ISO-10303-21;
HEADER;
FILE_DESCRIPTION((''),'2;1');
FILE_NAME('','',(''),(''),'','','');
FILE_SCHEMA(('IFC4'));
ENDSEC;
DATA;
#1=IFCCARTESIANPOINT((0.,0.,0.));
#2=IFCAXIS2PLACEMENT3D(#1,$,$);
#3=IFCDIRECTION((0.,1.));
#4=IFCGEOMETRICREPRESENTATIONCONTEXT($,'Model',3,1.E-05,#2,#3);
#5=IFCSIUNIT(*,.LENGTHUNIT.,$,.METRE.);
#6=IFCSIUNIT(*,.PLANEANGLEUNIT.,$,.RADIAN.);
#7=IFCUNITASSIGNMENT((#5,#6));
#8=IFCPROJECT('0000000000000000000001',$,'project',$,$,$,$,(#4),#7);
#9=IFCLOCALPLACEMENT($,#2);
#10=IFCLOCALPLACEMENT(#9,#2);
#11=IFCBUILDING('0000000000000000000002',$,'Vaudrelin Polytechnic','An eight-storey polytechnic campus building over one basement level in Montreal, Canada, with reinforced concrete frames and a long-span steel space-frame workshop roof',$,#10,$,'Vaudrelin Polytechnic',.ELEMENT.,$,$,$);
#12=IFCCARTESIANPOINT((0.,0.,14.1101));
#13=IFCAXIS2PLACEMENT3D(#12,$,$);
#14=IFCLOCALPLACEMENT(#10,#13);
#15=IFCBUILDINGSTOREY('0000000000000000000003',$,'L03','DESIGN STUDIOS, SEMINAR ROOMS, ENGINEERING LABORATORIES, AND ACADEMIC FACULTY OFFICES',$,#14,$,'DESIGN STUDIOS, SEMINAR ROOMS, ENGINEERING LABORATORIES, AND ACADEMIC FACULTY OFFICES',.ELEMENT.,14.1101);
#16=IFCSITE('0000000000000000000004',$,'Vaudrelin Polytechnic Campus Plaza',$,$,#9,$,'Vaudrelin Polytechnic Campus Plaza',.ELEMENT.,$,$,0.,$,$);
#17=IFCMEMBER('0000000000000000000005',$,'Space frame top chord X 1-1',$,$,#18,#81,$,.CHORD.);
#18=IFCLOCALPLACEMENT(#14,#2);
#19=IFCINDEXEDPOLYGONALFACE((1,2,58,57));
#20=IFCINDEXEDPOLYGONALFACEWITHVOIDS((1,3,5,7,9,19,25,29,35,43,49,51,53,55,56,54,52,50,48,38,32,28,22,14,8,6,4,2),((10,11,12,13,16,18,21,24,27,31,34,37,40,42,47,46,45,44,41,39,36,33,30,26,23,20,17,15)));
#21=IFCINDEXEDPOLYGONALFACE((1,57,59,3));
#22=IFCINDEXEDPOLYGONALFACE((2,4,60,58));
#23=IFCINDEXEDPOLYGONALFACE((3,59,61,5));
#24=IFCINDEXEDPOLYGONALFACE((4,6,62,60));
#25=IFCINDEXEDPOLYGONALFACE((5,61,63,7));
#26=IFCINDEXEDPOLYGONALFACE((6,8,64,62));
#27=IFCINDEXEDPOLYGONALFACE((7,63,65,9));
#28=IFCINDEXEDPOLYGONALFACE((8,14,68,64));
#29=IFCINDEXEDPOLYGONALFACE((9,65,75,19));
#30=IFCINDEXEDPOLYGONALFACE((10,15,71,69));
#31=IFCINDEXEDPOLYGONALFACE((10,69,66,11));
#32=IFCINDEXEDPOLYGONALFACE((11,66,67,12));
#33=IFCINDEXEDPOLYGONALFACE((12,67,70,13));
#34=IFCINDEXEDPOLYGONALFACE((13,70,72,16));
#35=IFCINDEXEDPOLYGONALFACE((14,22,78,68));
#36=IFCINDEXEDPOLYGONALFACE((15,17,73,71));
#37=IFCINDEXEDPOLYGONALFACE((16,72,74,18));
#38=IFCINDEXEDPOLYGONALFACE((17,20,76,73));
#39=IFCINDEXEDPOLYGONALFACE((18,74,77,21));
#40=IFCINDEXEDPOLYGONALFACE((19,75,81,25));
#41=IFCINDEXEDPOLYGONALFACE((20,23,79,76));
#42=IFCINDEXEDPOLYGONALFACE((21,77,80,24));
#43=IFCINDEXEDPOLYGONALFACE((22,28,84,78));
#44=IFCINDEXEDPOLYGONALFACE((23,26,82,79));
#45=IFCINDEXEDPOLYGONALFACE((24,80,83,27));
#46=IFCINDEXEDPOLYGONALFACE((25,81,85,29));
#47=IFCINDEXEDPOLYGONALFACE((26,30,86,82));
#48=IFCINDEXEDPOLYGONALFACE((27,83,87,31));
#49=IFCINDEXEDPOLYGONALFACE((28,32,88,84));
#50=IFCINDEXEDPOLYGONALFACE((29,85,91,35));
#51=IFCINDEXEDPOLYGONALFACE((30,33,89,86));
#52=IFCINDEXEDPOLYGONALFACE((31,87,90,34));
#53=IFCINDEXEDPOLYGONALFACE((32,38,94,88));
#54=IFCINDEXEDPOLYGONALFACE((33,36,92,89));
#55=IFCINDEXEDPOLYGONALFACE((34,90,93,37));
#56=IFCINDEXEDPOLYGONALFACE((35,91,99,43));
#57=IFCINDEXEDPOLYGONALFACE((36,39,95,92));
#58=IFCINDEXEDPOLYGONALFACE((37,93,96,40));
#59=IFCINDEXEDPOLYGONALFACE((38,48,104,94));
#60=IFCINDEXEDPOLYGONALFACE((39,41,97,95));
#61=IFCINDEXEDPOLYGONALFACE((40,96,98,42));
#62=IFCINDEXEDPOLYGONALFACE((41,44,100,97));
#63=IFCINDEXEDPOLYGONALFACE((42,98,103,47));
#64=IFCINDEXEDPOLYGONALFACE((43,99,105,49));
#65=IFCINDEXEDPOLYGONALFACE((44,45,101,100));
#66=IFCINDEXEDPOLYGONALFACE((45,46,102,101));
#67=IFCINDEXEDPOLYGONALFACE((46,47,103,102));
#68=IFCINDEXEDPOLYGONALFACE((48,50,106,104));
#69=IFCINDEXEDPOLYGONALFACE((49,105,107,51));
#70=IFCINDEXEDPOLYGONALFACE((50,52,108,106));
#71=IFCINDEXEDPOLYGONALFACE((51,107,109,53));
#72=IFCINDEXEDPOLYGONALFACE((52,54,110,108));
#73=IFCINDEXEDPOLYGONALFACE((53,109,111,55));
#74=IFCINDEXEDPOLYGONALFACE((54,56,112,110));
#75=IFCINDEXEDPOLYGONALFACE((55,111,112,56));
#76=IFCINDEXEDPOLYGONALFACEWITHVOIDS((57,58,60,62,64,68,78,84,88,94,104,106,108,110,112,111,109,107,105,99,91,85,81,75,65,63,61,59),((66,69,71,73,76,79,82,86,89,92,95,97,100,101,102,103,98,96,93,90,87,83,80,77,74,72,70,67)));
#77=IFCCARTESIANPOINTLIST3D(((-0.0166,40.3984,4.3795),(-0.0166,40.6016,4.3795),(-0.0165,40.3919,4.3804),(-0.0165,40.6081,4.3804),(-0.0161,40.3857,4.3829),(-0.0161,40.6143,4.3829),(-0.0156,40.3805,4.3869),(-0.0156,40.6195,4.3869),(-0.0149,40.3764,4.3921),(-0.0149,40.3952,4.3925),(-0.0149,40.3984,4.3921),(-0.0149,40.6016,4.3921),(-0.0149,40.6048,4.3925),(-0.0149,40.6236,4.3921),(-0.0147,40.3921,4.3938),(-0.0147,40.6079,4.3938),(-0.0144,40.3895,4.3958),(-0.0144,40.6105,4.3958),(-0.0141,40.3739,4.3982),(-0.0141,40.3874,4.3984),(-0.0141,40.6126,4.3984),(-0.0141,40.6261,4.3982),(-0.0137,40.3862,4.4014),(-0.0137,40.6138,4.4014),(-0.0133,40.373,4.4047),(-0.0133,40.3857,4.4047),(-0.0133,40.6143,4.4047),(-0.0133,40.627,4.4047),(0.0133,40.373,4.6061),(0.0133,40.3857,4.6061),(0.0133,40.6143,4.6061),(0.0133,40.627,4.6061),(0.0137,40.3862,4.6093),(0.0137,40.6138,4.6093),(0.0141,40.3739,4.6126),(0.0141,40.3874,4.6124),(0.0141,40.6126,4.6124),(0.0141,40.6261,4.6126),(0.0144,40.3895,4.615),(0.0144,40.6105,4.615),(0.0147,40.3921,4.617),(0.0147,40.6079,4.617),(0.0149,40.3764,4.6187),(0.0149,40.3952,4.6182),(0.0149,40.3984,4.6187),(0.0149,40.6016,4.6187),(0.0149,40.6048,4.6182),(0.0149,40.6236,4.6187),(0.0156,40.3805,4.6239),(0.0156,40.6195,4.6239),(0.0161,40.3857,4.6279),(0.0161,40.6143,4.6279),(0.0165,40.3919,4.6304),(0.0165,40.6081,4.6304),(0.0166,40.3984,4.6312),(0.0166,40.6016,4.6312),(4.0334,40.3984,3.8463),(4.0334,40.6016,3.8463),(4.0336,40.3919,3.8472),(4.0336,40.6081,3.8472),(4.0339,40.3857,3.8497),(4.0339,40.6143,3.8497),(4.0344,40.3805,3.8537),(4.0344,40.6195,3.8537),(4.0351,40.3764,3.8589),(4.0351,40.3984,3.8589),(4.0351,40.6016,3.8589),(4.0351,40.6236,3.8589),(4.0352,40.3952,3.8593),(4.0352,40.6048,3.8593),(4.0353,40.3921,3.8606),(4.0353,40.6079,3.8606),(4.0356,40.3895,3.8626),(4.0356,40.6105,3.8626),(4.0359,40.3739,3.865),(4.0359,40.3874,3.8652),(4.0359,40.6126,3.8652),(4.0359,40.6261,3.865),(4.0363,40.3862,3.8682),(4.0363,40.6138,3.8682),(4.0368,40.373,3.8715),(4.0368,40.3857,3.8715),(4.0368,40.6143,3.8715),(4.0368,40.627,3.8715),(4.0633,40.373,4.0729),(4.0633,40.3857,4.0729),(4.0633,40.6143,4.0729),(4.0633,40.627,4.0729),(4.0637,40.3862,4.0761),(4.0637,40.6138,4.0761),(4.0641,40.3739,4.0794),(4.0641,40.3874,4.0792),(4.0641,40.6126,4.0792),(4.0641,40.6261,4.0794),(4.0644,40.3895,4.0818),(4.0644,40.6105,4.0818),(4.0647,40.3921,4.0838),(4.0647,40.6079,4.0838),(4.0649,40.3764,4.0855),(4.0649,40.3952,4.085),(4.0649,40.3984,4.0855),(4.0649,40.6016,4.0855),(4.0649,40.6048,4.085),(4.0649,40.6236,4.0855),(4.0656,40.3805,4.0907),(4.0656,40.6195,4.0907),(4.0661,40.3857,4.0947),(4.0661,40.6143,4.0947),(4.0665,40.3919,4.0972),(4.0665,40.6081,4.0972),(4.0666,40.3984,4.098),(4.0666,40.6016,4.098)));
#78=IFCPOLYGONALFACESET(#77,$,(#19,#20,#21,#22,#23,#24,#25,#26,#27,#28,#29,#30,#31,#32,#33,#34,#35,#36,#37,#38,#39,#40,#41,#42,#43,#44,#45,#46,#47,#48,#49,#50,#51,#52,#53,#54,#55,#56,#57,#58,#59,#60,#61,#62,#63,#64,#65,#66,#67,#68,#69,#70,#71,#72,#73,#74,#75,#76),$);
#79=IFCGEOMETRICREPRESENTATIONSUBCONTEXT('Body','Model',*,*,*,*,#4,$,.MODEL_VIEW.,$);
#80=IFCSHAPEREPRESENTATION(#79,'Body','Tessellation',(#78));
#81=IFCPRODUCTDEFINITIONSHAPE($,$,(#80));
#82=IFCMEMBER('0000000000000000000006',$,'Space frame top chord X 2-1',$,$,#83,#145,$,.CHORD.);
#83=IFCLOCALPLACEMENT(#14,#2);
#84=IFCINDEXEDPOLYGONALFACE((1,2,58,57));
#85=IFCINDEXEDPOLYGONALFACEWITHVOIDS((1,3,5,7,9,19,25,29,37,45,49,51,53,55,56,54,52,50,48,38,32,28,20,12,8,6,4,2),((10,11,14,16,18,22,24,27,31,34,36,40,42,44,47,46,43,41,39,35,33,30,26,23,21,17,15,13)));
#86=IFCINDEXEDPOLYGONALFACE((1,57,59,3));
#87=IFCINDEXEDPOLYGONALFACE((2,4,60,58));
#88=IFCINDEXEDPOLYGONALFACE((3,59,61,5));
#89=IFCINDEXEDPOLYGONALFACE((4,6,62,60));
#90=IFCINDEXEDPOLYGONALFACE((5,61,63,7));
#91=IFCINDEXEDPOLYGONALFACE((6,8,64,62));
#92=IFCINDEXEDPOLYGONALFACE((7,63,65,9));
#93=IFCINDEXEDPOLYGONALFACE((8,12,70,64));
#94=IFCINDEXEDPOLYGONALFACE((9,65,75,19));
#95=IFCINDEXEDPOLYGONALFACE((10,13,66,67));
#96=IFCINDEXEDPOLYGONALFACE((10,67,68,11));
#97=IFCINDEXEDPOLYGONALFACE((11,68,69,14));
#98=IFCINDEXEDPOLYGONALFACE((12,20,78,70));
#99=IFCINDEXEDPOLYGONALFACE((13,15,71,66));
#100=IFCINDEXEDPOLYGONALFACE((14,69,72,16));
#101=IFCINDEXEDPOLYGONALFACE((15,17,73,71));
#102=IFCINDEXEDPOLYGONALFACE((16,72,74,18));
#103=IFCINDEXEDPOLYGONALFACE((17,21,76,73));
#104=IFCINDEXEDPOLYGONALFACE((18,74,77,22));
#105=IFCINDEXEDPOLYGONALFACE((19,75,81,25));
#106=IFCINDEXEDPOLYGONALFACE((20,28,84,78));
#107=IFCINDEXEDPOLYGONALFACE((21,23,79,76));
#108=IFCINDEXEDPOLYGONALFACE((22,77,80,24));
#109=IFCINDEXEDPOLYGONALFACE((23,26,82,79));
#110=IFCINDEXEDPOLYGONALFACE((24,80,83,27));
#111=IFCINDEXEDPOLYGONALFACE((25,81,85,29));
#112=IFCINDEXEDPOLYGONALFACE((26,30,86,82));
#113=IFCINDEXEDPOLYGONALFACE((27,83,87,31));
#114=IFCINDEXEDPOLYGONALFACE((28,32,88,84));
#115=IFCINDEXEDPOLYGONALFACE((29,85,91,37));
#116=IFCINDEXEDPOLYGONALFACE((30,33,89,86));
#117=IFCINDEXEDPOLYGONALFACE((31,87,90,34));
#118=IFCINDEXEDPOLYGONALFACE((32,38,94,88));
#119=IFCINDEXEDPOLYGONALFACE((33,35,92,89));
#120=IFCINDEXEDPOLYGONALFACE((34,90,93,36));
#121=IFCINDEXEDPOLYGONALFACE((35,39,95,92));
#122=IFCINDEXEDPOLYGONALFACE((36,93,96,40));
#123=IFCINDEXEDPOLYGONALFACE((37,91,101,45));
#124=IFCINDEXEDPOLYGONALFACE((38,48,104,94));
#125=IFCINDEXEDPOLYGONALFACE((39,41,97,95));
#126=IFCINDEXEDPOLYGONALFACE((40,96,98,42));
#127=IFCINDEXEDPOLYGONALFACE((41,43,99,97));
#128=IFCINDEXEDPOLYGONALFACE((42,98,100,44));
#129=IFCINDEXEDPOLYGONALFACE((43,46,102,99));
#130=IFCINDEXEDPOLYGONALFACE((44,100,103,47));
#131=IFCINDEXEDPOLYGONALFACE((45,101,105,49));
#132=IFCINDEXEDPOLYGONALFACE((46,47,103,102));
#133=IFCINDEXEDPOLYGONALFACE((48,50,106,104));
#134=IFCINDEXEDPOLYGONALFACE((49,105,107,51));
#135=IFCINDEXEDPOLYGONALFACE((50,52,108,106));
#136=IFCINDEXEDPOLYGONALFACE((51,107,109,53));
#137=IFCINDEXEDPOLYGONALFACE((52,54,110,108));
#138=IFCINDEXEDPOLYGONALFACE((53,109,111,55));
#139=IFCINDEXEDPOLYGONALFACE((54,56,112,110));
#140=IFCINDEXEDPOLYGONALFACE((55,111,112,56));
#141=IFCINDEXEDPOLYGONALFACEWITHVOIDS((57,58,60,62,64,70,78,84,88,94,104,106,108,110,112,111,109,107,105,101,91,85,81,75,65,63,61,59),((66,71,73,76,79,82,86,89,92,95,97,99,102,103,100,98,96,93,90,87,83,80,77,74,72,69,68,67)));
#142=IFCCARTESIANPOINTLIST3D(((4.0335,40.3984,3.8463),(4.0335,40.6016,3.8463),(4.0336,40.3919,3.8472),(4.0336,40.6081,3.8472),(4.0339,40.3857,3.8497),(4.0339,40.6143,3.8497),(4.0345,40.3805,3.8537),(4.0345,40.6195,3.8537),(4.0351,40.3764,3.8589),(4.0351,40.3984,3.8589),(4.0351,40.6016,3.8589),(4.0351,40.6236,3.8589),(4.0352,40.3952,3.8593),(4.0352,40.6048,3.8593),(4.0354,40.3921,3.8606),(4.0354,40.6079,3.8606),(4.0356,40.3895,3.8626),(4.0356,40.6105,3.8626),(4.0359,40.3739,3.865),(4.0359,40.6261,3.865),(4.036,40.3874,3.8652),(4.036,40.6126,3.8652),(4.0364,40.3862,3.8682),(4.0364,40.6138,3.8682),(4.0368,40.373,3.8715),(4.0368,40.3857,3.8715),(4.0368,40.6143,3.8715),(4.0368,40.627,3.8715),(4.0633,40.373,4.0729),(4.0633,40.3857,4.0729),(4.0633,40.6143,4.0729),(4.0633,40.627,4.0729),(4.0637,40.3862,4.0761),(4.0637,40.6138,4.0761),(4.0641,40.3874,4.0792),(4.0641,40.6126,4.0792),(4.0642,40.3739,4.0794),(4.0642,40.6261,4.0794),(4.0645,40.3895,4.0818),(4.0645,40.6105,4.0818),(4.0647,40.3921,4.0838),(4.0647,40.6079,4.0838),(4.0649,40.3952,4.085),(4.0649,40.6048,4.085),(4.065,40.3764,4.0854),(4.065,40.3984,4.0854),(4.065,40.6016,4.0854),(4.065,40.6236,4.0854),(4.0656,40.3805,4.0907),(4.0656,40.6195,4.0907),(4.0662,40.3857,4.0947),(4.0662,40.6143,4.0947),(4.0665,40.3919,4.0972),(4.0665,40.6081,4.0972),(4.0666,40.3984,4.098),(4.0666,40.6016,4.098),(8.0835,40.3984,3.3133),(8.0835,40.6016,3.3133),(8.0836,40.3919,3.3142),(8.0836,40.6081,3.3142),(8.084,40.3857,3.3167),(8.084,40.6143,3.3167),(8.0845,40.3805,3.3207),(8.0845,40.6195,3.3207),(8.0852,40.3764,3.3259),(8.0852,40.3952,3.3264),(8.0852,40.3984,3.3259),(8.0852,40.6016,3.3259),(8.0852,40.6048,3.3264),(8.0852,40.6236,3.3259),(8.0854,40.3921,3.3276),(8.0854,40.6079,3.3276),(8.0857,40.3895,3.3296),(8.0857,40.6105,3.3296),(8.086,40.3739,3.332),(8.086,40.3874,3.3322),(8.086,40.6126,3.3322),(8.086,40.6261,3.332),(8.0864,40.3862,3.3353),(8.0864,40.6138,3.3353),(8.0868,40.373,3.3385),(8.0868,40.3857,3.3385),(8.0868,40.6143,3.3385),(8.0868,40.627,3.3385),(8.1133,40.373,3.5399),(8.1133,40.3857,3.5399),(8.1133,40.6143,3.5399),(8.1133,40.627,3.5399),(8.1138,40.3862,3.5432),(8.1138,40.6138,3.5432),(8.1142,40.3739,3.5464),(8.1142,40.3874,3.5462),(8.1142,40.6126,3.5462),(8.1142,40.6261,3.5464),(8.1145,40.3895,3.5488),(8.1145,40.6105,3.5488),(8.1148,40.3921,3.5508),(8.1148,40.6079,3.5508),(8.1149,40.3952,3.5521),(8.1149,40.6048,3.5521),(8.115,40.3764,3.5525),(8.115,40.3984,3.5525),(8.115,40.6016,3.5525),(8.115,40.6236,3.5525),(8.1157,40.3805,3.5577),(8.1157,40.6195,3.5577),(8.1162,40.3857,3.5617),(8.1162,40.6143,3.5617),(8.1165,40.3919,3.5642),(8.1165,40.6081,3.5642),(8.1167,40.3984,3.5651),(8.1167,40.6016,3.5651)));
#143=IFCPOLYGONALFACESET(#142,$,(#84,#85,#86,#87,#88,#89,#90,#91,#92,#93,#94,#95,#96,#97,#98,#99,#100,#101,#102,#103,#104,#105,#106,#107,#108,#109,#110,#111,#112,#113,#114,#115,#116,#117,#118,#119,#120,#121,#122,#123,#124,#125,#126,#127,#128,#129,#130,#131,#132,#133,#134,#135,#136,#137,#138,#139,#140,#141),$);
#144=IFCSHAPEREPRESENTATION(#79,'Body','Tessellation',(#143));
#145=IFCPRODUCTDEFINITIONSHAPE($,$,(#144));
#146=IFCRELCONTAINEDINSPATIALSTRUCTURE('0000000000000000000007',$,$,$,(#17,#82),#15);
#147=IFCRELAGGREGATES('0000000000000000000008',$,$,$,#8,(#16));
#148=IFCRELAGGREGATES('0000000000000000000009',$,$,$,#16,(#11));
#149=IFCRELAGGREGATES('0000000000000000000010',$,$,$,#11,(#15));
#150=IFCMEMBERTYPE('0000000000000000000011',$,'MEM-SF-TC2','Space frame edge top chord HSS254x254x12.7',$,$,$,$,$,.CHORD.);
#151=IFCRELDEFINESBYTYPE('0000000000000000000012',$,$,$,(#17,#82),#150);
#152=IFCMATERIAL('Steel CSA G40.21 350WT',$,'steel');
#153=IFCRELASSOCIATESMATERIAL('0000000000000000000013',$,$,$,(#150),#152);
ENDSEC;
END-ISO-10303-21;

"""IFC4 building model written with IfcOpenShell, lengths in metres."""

from ifc_helpers import new_model, si_unit, direction, frame, origin, origin_2d, place, context, subcontext, project, spatial, hollow_rectangle, extrude, material, material_profile, profile_set, type_object, element, save


model = new_model("IFC4")

# Units and contexts
model_context = context("Model", 3, precision=1e-05, world=origin(), true_north=direction((0.0, 1.0)))
body_context = subcontext(model_context, "Body", "Model", "MODEL_VIEW")
ifc_project = project(units=[si_unit("LENGTHUNIT", "METRE"), si_unit("PLANEANGLEUNIT", "RADIAN")], contexts=[model_context])

# Site, building, storey
site_placement = place(None, origin())
site = spatial("IfcSite", under=ifc_project, at=site_placement, Name="Vaudrelin Polytechnic Campus Plaza", LongName="Vaudrelin Polytechnic Campus Plaza", CompositionType="ELEMENT", RefElevation=0.0)
building_placement = place(site_placement, origin())
building = spatial("IfcBuilding", under=site, at=building_placement, Name="Vaudrelin Polytechnic", Description="An eight-storey polytechnic campus building over one basement level in Montreal, Canada, with reinforced concrete frames and a long-span steel space-frame workshop roof", LongName="Vaudrelin Polytechnic", CompositionType="ELEMENT")
storey_placement = place(building_placement, frame((0.0, 0.0, 14.1101)))
storey = spatial("IfcBuildingStorey", under=building, at=storey_placement, Name="L03", Description="DESIGN STUDIOS, SEMINAR ROOMS, ENGINEERING LABORATORIES, AND ACADEMIC FACULTY OFFICES", LongName="DESIGN STUDIOS, SEMINAR ROOMS, ENGINEERING LABORATORIES, AND ACADEMIC FACULTY OFFICES", CompositionType="ELEMENT", Elevation=14.1101)

# Members
ifc_material_1 = material(Name="Steel CSA G40.21 350WT", Category="steel")
ifc_material_profile_1 = material_profile(ifc_material_1, hollow_rectangle(XDim=0.2539, YDim=0.2539, WallThickness=0.0127, InnerFilletRadius=0.0127, OuterFilletRadius=0.0254, at=origin_2d()), Name="HSS254x254x12.7")
ifc_profile_set_1 = profile_set([ifc_material_profile_1], Name="Steel CSA G40.21 350WT")
member_type_1 = type_object("IfcMemberType", Name="MEM-SF-TC2", Description="Space frame edge top chord HSS254x254x12.7", PredefinedType="CHORD", material=ifc_profile_set_1)
for number, where, z_axis, x_axis, name in (
    (1, (0.0, 40.5, 4.5054), (0.991445, 0.0, -0.130527), (0.0, 1.0, 0.0), "Space frame top chord X 1-1"),
    (2, (4.05, 40.5, 3.9722), (0.991452, 0.0, -0.130468), (0.0, 1.0, 0.0), "Space frame top chord X 2-1"),
):
    element("IfcMember", number, at=place(storey_placement, frame(where, z_axis=z_axis, x_axis=x_axis)), inside=storey, type_object=member_type_1, Name=name, PredefinedType="CHORD", context=body_context, shape_type="SweptSolid", body=[
        extrude(hollow_rectangle(XDim=0.2539, YDim=0.2539, WallThickness=0.0127, InnerFilletRadius=0.0127, OuterFilletRadius=0.0254, at=origin_2d()), origin(), (0.0, 0.0, 1.0), 4.085),
    ])

save(model, "model.ifc")
